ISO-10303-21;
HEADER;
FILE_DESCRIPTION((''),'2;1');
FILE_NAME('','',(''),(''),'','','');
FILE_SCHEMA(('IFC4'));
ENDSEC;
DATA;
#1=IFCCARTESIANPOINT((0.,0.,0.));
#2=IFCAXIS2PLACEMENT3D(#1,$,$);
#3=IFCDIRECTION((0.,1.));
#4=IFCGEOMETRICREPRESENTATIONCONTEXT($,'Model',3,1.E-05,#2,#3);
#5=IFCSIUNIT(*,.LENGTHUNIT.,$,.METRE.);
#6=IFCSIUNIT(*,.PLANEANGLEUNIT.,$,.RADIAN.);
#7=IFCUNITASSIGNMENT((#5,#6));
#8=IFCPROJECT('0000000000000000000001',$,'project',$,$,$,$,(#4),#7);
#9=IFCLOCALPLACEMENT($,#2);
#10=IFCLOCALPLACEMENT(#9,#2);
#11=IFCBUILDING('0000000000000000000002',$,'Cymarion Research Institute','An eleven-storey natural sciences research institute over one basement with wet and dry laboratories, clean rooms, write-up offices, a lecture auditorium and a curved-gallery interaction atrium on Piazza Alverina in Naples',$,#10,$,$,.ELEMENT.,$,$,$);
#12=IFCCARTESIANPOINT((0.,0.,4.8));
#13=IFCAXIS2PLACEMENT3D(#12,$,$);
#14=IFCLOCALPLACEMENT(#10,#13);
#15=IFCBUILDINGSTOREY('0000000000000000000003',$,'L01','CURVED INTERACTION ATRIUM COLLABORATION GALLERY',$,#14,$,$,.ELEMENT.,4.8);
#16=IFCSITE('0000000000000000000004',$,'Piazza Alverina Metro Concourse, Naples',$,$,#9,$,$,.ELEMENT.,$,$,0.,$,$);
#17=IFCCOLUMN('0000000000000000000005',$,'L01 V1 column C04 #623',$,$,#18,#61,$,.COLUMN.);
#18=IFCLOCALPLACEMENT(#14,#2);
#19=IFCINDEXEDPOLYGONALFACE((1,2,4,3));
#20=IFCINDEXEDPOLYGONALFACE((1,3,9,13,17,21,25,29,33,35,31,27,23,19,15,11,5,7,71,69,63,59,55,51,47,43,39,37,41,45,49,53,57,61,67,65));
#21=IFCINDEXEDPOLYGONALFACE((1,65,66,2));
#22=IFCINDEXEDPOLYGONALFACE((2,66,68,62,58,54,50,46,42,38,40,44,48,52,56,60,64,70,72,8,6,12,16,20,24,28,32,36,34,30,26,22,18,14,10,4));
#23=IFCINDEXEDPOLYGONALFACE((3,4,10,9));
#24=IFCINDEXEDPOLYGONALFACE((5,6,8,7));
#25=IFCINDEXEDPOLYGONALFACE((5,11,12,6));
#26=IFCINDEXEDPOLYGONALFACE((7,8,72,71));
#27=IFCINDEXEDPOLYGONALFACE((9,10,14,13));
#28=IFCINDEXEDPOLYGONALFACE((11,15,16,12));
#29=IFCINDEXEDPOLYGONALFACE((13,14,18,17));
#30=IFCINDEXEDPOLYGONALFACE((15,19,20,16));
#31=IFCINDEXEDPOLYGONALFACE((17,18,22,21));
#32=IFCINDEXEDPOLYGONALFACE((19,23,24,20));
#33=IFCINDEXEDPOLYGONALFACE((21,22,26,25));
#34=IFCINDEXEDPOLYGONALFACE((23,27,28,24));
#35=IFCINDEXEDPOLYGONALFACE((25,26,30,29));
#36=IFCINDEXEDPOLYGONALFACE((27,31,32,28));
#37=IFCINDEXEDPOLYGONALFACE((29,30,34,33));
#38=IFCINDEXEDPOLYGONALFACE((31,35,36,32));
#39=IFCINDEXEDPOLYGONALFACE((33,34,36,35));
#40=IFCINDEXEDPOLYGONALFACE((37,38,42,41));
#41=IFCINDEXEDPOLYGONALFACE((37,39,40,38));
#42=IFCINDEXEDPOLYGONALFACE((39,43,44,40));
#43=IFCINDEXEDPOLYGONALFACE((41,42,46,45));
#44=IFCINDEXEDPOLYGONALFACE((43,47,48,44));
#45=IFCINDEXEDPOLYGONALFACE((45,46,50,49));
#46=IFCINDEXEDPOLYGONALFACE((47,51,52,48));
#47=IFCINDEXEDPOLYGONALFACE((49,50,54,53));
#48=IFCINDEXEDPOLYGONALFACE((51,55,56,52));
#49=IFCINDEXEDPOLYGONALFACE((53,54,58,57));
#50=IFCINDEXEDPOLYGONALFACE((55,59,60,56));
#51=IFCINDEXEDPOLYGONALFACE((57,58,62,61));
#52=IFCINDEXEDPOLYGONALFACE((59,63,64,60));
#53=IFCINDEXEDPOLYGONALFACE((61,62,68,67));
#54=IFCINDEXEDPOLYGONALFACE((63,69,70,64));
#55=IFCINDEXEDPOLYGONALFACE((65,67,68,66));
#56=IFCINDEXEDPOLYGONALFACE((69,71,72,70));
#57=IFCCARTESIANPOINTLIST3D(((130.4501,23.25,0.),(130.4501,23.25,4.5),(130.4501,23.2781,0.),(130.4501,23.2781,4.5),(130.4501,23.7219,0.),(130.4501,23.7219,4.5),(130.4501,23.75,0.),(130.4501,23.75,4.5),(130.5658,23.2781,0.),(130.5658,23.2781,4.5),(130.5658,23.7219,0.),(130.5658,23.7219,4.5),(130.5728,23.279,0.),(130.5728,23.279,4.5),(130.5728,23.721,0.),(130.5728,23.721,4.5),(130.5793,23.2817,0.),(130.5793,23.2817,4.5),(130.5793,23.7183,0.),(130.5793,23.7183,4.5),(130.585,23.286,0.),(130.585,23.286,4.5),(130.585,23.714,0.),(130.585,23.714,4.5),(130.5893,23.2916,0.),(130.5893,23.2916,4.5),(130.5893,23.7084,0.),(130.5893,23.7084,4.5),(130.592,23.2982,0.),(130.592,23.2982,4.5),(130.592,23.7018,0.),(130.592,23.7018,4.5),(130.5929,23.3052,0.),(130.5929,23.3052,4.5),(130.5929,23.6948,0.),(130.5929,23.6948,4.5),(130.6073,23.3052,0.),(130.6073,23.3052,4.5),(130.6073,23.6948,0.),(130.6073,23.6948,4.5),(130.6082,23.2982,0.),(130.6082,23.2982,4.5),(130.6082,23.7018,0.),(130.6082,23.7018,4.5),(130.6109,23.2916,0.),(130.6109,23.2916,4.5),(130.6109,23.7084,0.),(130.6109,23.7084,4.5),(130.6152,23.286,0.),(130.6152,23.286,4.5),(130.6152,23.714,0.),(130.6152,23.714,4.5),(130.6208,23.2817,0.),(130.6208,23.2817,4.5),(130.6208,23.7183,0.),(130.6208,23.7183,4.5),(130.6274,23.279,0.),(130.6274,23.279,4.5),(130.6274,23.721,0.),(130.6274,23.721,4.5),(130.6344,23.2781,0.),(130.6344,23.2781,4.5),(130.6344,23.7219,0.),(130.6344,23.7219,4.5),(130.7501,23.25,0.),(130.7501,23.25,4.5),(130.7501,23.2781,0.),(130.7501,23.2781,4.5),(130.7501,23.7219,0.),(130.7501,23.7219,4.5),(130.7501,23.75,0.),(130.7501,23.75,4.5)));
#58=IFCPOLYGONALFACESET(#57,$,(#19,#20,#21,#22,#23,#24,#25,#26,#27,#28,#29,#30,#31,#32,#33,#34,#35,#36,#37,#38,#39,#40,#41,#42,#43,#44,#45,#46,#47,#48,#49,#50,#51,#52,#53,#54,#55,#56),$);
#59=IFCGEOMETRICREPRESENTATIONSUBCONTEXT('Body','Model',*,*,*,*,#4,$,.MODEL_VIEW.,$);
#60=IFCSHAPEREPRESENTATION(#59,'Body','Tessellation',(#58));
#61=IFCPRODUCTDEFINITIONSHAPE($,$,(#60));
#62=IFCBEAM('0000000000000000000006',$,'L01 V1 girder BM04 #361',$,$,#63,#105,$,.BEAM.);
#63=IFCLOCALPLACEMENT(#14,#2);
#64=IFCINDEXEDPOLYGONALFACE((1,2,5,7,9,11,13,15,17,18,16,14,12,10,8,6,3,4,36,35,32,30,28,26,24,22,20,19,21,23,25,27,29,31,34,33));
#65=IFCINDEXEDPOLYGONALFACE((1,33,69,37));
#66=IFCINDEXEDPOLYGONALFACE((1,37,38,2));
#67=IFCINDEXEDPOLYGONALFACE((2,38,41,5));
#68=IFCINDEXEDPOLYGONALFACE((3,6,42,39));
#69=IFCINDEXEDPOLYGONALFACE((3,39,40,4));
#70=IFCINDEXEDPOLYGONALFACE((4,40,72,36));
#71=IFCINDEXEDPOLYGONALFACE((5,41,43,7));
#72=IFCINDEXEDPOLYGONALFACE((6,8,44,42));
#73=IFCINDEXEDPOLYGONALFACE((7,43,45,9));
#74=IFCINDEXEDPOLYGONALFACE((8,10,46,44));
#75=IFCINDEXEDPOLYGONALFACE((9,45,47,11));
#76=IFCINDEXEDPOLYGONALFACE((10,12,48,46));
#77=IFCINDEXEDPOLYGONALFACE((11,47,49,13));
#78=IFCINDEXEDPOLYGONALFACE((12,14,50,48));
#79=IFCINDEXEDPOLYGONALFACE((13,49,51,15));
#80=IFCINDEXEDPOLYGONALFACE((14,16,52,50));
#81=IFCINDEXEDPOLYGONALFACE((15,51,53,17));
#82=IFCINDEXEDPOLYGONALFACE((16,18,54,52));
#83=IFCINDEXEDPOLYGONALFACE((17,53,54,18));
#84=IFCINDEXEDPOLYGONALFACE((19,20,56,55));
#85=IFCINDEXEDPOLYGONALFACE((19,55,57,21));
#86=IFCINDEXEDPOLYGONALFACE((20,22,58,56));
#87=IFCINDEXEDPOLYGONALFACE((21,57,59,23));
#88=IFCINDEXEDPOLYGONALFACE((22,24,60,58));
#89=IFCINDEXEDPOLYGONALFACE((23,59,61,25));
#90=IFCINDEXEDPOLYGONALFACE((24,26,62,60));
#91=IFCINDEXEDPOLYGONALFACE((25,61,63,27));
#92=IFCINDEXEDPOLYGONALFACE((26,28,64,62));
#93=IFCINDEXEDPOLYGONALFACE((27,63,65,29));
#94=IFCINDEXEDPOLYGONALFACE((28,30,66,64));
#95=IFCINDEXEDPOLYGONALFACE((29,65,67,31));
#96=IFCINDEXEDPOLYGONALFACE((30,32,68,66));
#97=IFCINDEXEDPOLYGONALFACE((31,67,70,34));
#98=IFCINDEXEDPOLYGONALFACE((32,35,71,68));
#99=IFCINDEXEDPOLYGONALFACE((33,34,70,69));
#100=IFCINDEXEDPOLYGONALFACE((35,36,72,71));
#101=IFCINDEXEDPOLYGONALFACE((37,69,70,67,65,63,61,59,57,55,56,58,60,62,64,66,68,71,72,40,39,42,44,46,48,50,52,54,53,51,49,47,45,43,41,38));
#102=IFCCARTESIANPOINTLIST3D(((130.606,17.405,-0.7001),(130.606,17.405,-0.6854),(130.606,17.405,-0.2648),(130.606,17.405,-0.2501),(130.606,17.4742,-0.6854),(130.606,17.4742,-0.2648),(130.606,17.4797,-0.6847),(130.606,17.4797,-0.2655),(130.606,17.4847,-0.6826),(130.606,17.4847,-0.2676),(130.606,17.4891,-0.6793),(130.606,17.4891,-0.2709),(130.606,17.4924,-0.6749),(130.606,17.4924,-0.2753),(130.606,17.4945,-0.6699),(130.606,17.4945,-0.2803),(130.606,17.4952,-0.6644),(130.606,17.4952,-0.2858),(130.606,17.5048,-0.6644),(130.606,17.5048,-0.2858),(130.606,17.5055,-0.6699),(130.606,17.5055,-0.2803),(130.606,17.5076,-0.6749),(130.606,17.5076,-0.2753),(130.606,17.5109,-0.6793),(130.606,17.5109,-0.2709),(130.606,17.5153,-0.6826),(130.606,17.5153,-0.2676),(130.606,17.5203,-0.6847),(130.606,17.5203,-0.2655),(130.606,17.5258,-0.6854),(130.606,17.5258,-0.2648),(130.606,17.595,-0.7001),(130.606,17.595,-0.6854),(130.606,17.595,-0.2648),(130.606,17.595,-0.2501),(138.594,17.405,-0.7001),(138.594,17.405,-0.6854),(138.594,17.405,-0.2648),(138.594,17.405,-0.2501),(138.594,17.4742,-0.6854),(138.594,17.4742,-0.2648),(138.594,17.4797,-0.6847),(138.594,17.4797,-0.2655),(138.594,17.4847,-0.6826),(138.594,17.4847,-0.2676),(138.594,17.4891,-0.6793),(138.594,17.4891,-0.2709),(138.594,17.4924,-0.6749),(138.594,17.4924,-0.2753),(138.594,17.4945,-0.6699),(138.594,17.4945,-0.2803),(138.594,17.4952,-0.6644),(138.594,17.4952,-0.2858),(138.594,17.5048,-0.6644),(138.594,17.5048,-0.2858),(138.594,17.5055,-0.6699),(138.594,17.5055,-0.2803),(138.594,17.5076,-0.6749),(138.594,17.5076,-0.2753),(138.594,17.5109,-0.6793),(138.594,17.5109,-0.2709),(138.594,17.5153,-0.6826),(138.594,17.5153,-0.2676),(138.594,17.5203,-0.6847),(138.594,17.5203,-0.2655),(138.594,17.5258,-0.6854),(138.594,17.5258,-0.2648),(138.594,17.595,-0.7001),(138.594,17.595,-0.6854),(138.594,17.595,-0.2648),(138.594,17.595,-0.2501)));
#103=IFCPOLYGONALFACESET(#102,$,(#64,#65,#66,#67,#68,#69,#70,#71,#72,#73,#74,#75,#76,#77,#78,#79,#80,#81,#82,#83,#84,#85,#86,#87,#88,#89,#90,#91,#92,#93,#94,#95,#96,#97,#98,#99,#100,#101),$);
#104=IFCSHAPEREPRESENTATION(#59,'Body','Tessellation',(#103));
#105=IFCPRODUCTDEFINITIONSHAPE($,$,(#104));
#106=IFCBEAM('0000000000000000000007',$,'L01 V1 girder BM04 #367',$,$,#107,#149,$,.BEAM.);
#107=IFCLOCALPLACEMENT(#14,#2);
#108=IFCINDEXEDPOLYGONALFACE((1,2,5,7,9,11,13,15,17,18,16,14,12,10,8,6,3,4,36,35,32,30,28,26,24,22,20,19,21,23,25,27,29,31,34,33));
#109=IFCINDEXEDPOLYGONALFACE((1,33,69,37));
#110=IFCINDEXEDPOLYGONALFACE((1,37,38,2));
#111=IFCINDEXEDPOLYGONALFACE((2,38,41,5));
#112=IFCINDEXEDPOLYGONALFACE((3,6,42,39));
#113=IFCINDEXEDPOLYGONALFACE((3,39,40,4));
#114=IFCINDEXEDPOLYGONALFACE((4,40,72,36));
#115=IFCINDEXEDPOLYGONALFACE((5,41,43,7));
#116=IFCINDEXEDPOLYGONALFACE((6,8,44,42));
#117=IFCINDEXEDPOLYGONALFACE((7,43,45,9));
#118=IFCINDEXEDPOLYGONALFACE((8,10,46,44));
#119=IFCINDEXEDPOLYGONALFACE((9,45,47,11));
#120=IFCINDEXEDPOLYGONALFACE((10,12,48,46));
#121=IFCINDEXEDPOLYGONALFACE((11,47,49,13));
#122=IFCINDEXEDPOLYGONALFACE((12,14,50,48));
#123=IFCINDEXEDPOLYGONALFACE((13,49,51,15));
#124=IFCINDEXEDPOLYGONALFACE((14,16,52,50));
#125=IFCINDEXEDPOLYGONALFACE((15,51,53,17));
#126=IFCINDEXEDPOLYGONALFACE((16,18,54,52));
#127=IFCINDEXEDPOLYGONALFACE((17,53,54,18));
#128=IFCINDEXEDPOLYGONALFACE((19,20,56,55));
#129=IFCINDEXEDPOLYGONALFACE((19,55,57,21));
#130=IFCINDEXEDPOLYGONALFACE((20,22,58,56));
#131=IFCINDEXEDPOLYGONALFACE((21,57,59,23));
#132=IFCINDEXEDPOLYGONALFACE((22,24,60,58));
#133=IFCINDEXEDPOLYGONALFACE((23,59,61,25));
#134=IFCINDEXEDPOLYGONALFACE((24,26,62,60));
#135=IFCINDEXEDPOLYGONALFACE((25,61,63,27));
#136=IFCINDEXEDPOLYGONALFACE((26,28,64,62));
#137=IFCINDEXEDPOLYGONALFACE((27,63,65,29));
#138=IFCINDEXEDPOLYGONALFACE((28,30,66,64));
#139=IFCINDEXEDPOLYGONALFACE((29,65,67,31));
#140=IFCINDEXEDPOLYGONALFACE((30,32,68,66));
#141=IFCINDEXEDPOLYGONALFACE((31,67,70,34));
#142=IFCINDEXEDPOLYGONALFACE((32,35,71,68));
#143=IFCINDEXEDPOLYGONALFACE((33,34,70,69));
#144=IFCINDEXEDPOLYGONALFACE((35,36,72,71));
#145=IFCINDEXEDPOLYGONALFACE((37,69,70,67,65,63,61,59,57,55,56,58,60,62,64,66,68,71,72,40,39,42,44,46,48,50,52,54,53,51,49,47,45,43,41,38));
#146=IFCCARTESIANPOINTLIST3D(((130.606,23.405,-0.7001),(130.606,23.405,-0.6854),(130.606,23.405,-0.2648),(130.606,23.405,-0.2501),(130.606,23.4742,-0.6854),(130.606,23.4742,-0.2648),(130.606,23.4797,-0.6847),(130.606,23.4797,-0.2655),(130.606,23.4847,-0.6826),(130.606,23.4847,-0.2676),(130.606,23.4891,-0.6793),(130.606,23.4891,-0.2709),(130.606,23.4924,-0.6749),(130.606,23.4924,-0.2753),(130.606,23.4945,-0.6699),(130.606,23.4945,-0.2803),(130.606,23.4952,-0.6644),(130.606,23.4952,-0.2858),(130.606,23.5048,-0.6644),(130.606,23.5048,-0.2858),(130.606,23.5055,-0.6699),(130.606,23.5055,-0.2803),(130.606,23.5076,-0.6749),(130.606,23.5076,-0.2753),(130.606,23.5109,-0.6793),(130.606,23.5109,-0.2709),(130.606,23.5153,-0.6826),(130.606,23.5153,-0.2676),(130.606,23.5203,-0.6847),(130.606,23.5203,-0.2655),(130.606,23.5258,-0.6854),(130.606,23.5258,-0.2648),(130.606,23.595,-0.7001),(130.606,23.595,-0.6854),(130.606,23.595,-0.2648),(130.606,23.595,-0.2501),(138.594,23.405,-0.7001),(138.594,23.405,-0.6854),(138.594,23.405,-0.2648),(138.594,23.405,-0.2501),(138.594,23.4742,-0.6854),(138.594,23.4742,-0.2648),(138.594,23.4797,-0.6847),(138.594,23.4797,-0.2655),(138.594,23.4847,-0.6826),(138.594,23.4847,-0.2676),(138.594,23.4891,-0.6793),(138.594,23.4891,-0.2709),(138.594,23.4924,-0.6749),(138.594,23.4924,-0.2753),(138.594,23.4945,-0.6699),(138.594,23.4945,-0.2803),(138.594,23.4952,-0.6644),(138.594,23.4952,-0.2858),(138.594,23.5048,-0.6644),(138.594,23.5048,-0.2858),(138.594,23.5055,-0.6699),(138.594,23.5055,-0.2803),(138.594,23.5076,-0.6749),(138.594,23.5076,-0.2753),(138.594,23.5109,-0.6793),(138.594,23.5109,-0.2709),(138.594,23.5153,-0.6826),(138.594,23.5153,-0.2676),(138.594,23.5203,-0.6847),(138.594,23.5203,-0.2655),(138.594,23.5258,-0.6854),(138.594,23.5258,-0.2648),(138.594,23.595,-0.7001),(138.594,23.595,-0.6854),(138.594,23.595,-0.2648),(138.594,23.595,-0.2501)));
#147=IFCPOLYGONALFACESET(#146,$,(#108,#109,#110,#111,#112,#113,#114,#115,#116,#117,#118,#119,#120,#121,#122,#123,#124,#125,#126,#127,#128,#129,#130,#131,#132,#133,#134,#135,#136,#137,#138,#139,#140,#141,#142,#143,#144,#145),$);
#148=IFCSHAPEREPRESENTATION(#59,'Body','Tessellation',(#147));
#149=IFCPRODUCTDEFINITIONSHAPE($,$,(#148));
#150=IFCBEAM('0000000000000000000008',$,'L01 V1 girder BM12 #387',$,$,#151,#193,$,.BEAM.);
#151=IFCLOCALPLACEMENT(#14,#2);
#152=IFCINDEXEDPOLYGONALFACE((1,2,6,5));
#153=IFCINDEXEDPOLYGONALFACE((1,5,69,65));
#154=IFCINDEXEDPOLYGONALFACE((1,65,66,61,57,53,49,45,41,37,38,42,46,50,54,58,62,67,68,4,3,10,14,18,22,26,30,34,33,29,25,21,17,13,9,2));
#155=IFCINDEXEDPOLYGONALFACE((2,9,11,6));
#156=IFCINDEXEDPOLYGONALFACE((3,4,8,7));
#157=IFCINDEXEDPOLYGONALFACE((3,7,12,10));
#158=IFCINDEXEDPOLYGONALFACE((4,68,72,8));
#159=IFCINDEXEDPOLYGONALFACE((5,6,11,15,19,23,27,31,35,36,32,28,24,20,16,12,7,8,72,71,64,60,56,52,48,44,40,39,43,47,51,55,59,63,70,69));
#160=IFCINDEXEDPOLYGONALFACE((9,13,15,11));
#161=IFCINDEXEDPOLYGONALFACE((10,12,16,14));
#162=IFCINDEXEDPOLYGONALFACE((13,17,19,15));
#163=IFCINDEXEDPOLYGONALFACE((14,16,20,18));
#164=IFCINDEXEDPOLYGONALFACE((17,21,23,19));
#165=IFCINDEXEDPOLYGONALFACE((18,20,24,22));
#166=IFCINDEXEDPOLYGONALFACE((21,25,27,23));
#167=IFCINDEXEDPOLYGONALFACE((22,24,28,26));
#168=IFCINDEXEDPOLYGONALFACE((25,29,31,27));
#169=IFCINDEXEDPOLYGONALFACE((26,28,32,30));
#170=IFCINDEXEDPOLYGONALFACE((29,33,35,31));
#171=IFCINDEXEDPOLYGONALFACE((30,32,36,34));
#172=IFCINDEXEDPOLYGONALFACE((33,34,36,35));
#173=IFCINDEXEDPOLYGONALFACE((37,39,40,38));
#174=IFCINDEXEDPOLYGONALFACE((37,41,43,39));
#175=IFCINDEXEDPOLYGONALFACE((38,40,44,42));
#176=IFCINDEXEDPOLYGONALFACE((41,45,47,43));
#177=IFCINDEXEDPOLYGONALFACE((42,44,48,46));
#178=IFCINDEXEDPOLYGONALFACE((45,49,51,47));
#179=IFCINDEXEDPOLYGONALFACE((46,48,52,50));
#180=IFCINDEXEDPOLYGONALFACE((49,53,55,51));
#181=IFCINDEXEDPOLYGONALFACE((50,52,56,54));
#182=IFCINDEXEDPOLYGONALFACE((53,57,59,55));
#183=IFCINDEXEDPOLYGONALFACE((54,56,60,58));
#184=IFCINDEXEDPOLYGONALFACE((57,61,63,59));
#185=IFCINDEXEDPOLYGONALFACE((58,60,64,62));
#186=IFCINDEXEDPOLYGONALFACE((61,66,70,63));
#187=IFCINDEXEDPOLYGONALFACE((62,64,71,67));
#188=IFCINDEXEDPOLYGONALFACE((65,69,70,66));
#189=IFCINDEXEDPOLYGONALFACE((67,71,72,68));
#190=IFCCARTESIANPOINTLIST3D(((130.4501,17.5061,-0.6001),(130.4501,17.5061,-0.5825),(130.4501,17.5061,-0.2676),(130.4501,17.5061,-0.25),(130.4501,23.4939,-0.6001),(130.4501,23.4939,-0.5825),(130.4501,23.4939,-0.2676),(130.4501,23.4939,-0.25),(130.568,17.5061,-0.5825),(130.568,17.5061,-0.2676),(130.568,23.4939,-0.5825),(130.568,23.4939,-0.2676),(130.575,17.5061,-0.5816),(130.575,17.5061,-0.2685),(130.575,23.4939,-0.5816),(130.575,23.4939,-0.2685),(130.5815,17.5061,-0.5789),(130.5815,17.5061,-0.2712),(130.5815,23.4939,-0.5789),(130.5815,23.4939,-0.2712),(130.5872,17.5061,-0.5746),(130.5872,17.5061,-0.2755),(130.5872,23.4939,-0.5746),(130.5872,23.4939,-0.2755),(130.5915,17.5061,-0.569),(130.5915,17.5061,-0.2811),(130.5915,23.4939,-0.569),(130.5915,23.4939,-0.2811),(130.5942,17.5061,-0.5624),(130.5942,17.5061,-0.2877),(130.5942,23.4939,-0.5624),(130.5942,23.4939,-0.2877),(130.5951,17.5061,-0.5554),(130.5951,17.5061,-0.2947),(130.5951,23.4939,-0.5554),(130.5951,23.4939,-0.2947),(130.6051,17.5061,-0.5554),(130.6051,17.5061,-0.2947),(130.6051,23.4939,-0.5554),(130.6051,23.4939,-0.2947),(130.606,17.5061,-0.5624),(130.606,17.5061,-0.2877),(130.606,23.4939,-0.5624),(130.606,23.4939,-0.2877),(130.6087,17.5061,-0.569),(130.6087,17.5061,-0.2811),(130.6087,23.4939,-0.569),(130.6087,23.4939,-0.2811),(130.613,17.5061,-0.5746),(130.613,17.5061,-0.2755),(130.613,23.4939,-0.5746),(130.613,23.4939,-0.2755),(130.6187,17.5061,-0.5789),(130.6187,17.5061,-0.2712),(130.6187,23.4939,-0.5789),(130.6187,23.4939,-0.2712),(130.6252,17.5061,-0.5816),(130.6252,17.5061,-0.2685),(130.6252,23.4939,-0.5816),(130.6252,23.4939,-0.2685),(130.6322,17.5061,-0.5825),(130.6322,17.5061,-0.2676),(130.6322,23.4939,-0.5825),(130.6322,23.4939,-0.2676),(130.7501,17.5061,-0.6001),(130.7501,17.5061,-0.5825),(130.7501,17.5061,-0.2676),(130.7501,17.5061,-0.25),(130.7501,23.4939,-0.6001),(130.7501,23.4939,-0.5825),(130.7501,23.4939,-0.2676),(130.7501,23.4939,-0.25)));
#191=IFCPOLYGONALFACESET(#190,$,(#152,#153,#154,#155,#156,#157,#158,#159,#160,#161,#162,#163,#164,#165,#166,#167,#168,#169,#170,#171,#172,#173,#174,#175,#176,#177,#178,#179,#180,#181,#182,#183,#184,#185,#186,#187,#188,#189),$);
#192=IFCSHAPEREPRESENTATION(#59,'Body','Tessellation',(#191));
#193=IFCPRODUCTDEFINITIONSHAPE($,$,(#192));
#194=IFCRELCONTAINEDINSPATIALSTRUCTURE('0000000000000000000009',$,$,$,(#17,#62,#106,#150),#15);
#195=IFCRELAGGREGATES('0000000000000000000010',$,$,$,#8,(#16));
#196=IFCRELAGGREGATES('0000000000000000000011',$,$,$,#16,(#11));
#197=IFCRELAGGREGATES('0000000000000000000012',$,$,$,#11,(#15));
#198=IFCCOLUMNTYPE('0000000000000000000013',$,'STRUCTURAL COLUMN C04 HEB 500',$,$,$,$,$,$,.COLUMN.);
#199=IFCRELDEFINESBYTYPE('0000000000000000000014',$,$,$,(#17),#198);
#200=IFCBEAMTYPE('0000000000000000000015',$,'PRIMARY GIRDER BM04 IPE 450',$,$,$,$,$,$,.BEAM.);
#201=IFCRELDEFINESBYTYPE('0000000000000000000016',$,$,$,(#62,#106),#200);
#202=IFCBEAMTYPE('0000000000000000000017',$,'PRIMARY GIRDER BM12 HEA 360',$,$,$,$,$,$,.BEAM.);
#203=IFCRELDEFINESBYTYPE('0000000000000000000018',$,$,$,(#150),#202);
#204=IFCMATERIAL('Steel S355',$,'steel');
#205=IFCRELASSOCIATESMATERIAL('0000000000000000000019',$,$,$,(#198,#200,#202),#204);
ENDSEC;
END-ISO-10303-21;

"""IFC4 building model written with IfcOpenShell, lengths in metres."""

from ifc_helpers import new_model, si_unit, direction, frame, origin, origin_2d, place, context, subcontext, project, spatial, i_section, extrude, material, material_profile, profile_set, type_object, element, save


model = new_model("IFC4")

# Units and contexts
model_context = context("Model", 3, precision=1e-05, world=origin(), true_north=direction((0.0, 1.0)))
body_context = subcontext(model_context, "Body", "Model", "MODEL_VIEW")
ifc_project = project(units=[si_unit("LENGTHUNIT", "METRE"), si_unit("PLANEANGLEUNIT", "RADIAN")], contexts=[model_context])

# Site, building, storey
site_placement = place(None, origin())
site = spatial("IfcSite", under=ifc_project, at=site_placement, Name="Piazza Alverina Metro Concourse, Naples", CompositionType="ELEMENT", RefElevation=0.0)
building_placement = place(site_placement, origin())
building = spatial("IfcBuilding", under=site, at=building_placement, Name="Cymarion Research Institute", Description="An eleven-storey natural sciences research institute over one basement with wet and dry laboratories, clean rooms, write-up offices, a lecture auditorium and a curved-gallery interaction atrium on Piazza Alverina in Naples", CompositionType="ELEMENT")
storey_placement = place(building_placement, frame((0.0, 0.0, 4.8)))
storey = spatial("IfcBuildingStorey", under=building, at=storey_placement, Name="L01", Description="CURVED INTERACTION ATRIUM COLLABORATION GALLERY", CompositionType="ELEMENT", Elevation=4.8)

# Column
ifc_material_1 = material(Name="Steel S355", Category="steel")
ifc_material_profile_1 = material_profile(ifc_material_1, i_section(OverallWidth=0.3, OverallDepth=0.5, WebThickness=0.0144, FlangeThickness=0.0281, FilletRadius=0.0271, at=origin_2d()), Name="HEB 500")
ifc_profile_set_1 = profile_set([ifc_material_profile_1], Name="Steel S355")
column_type = type_object("IfcColumnType", Name="STRUCTURAL COLUMN C04 HEB 500", PredefinedType="COLUMN", material=ifc_profile_set_1)
column_placement = place(storey_placement, frame((130.6001, 23.5, 0.0), z_axis=(0.0, 0.0, 1.0), x_axis=(1.0, 0.0, 0.0)))
element("IfcColumn", 1, at=column_placement, inside=storey, type_object=column_type, Name="L01 V1 column C04 #623", PredefinedType="COLUMN", context=body_context, shape_type="SweptSolid", body=[
    extrude(i_section(OverallWidth=0.3, OverallDepth=0.5, WebThickness=0.0144, FlangeThickness=0.0281, FilletRadius=0.0271, at=origin_2d()), origin(), (0.0, 0.0, 1.0), 4.5),
])

# Beams
ifc_material_profile_2 = material_profile(ifc_material_1, i_section(OverallWidth=0.1899, OverallDepth=0.45, WebThickness=0.0095, FlangeThickness=0.0146, FilletRadius=0.021, at=origin_2d()), Name="IPE 450")
ifc_profile_set_2 = profile_set([ifc_material_profile_2], Name="Steel S355")
beam_type_1 = type_object("IfcBeamType", Name="PRIMARY GIRDER BM04 IPE 450", PredefinedType="BEAM", material=ifc_profile_set_2)
for number, where, z_axis, x_axis, name in (
    (2, (130.606, 17.5, -0.4751), (1.0, 0.0, 0.0), (0.0, 1.0, 0.0), "L01 V1 girder BM04 #361"),
    (3, (130.606, 23.5, -0.4751), (1.0, 0.0, 0.0), (0.0, 1.0, 0.0), "L01 V1 girder BM04 #367"),
):
    element("IfcBeam", number, at=place(storey_placement, frame(where, z_axis=z_axis, x_axis=x_axis)), inside=storey, type_object=beam_type_1, Name=name, PredefinedType="BEAM", context=body_context, shape_type="SweptSolid", body=[
        extrude(i_section(OverallWidth=0.1899, OverallDepth=0.45, WebThickness=0.0095, FlangeThickness=0.0146, FilletRadius=0.021, at=origin_2d()), origin(), (0.0, 0.0, 1.0), 7.988),
    ])
ifc_material_profile_3 = material_profile(ifc_material_1, i_section(OverallWidth=0.3, OverallDepth=0.3501, WebThickness=0.01, FlangeThickness=0.0176, FilletRadius=0.0271, at=origin_2d()), Name="HEA 360")
ifc_profile_set_3 = profile_set([ifc_material_profile_3], Name="Steel S355")
beam_type_2 = type_object("IfcBeamType", Name="PRIMARY GIRDER BM12 HEA 360", PredefinedType="BEAM", material=ifc_profile_set_3)
beam_placement = place(storey_placement, frame((130.6001, 17.5061, -0.425), z_axis=(0.0, 1.0, 0.0), x_axis=(-1.0, 0.0, 0.0)))
element("IfcBeam", 4, at=beam_placement, inside=storey, type_object=beam_type_2, Name="L01 V1 girder BM12 #387", PredefinedType="BEAM", context=body_context, shape_type="SweptSolid", body=[
    extrude(i_section(OverallWidth=0.3, OverallDepth=0.3501, WebThickness=0.01, FlangeThickness=0.0176, FilletRadius=0.0271, at=origin_2d()), origin(), (0.0, 0.0, 1.0), 5.9878),
])

save(model, "model.ifc")
